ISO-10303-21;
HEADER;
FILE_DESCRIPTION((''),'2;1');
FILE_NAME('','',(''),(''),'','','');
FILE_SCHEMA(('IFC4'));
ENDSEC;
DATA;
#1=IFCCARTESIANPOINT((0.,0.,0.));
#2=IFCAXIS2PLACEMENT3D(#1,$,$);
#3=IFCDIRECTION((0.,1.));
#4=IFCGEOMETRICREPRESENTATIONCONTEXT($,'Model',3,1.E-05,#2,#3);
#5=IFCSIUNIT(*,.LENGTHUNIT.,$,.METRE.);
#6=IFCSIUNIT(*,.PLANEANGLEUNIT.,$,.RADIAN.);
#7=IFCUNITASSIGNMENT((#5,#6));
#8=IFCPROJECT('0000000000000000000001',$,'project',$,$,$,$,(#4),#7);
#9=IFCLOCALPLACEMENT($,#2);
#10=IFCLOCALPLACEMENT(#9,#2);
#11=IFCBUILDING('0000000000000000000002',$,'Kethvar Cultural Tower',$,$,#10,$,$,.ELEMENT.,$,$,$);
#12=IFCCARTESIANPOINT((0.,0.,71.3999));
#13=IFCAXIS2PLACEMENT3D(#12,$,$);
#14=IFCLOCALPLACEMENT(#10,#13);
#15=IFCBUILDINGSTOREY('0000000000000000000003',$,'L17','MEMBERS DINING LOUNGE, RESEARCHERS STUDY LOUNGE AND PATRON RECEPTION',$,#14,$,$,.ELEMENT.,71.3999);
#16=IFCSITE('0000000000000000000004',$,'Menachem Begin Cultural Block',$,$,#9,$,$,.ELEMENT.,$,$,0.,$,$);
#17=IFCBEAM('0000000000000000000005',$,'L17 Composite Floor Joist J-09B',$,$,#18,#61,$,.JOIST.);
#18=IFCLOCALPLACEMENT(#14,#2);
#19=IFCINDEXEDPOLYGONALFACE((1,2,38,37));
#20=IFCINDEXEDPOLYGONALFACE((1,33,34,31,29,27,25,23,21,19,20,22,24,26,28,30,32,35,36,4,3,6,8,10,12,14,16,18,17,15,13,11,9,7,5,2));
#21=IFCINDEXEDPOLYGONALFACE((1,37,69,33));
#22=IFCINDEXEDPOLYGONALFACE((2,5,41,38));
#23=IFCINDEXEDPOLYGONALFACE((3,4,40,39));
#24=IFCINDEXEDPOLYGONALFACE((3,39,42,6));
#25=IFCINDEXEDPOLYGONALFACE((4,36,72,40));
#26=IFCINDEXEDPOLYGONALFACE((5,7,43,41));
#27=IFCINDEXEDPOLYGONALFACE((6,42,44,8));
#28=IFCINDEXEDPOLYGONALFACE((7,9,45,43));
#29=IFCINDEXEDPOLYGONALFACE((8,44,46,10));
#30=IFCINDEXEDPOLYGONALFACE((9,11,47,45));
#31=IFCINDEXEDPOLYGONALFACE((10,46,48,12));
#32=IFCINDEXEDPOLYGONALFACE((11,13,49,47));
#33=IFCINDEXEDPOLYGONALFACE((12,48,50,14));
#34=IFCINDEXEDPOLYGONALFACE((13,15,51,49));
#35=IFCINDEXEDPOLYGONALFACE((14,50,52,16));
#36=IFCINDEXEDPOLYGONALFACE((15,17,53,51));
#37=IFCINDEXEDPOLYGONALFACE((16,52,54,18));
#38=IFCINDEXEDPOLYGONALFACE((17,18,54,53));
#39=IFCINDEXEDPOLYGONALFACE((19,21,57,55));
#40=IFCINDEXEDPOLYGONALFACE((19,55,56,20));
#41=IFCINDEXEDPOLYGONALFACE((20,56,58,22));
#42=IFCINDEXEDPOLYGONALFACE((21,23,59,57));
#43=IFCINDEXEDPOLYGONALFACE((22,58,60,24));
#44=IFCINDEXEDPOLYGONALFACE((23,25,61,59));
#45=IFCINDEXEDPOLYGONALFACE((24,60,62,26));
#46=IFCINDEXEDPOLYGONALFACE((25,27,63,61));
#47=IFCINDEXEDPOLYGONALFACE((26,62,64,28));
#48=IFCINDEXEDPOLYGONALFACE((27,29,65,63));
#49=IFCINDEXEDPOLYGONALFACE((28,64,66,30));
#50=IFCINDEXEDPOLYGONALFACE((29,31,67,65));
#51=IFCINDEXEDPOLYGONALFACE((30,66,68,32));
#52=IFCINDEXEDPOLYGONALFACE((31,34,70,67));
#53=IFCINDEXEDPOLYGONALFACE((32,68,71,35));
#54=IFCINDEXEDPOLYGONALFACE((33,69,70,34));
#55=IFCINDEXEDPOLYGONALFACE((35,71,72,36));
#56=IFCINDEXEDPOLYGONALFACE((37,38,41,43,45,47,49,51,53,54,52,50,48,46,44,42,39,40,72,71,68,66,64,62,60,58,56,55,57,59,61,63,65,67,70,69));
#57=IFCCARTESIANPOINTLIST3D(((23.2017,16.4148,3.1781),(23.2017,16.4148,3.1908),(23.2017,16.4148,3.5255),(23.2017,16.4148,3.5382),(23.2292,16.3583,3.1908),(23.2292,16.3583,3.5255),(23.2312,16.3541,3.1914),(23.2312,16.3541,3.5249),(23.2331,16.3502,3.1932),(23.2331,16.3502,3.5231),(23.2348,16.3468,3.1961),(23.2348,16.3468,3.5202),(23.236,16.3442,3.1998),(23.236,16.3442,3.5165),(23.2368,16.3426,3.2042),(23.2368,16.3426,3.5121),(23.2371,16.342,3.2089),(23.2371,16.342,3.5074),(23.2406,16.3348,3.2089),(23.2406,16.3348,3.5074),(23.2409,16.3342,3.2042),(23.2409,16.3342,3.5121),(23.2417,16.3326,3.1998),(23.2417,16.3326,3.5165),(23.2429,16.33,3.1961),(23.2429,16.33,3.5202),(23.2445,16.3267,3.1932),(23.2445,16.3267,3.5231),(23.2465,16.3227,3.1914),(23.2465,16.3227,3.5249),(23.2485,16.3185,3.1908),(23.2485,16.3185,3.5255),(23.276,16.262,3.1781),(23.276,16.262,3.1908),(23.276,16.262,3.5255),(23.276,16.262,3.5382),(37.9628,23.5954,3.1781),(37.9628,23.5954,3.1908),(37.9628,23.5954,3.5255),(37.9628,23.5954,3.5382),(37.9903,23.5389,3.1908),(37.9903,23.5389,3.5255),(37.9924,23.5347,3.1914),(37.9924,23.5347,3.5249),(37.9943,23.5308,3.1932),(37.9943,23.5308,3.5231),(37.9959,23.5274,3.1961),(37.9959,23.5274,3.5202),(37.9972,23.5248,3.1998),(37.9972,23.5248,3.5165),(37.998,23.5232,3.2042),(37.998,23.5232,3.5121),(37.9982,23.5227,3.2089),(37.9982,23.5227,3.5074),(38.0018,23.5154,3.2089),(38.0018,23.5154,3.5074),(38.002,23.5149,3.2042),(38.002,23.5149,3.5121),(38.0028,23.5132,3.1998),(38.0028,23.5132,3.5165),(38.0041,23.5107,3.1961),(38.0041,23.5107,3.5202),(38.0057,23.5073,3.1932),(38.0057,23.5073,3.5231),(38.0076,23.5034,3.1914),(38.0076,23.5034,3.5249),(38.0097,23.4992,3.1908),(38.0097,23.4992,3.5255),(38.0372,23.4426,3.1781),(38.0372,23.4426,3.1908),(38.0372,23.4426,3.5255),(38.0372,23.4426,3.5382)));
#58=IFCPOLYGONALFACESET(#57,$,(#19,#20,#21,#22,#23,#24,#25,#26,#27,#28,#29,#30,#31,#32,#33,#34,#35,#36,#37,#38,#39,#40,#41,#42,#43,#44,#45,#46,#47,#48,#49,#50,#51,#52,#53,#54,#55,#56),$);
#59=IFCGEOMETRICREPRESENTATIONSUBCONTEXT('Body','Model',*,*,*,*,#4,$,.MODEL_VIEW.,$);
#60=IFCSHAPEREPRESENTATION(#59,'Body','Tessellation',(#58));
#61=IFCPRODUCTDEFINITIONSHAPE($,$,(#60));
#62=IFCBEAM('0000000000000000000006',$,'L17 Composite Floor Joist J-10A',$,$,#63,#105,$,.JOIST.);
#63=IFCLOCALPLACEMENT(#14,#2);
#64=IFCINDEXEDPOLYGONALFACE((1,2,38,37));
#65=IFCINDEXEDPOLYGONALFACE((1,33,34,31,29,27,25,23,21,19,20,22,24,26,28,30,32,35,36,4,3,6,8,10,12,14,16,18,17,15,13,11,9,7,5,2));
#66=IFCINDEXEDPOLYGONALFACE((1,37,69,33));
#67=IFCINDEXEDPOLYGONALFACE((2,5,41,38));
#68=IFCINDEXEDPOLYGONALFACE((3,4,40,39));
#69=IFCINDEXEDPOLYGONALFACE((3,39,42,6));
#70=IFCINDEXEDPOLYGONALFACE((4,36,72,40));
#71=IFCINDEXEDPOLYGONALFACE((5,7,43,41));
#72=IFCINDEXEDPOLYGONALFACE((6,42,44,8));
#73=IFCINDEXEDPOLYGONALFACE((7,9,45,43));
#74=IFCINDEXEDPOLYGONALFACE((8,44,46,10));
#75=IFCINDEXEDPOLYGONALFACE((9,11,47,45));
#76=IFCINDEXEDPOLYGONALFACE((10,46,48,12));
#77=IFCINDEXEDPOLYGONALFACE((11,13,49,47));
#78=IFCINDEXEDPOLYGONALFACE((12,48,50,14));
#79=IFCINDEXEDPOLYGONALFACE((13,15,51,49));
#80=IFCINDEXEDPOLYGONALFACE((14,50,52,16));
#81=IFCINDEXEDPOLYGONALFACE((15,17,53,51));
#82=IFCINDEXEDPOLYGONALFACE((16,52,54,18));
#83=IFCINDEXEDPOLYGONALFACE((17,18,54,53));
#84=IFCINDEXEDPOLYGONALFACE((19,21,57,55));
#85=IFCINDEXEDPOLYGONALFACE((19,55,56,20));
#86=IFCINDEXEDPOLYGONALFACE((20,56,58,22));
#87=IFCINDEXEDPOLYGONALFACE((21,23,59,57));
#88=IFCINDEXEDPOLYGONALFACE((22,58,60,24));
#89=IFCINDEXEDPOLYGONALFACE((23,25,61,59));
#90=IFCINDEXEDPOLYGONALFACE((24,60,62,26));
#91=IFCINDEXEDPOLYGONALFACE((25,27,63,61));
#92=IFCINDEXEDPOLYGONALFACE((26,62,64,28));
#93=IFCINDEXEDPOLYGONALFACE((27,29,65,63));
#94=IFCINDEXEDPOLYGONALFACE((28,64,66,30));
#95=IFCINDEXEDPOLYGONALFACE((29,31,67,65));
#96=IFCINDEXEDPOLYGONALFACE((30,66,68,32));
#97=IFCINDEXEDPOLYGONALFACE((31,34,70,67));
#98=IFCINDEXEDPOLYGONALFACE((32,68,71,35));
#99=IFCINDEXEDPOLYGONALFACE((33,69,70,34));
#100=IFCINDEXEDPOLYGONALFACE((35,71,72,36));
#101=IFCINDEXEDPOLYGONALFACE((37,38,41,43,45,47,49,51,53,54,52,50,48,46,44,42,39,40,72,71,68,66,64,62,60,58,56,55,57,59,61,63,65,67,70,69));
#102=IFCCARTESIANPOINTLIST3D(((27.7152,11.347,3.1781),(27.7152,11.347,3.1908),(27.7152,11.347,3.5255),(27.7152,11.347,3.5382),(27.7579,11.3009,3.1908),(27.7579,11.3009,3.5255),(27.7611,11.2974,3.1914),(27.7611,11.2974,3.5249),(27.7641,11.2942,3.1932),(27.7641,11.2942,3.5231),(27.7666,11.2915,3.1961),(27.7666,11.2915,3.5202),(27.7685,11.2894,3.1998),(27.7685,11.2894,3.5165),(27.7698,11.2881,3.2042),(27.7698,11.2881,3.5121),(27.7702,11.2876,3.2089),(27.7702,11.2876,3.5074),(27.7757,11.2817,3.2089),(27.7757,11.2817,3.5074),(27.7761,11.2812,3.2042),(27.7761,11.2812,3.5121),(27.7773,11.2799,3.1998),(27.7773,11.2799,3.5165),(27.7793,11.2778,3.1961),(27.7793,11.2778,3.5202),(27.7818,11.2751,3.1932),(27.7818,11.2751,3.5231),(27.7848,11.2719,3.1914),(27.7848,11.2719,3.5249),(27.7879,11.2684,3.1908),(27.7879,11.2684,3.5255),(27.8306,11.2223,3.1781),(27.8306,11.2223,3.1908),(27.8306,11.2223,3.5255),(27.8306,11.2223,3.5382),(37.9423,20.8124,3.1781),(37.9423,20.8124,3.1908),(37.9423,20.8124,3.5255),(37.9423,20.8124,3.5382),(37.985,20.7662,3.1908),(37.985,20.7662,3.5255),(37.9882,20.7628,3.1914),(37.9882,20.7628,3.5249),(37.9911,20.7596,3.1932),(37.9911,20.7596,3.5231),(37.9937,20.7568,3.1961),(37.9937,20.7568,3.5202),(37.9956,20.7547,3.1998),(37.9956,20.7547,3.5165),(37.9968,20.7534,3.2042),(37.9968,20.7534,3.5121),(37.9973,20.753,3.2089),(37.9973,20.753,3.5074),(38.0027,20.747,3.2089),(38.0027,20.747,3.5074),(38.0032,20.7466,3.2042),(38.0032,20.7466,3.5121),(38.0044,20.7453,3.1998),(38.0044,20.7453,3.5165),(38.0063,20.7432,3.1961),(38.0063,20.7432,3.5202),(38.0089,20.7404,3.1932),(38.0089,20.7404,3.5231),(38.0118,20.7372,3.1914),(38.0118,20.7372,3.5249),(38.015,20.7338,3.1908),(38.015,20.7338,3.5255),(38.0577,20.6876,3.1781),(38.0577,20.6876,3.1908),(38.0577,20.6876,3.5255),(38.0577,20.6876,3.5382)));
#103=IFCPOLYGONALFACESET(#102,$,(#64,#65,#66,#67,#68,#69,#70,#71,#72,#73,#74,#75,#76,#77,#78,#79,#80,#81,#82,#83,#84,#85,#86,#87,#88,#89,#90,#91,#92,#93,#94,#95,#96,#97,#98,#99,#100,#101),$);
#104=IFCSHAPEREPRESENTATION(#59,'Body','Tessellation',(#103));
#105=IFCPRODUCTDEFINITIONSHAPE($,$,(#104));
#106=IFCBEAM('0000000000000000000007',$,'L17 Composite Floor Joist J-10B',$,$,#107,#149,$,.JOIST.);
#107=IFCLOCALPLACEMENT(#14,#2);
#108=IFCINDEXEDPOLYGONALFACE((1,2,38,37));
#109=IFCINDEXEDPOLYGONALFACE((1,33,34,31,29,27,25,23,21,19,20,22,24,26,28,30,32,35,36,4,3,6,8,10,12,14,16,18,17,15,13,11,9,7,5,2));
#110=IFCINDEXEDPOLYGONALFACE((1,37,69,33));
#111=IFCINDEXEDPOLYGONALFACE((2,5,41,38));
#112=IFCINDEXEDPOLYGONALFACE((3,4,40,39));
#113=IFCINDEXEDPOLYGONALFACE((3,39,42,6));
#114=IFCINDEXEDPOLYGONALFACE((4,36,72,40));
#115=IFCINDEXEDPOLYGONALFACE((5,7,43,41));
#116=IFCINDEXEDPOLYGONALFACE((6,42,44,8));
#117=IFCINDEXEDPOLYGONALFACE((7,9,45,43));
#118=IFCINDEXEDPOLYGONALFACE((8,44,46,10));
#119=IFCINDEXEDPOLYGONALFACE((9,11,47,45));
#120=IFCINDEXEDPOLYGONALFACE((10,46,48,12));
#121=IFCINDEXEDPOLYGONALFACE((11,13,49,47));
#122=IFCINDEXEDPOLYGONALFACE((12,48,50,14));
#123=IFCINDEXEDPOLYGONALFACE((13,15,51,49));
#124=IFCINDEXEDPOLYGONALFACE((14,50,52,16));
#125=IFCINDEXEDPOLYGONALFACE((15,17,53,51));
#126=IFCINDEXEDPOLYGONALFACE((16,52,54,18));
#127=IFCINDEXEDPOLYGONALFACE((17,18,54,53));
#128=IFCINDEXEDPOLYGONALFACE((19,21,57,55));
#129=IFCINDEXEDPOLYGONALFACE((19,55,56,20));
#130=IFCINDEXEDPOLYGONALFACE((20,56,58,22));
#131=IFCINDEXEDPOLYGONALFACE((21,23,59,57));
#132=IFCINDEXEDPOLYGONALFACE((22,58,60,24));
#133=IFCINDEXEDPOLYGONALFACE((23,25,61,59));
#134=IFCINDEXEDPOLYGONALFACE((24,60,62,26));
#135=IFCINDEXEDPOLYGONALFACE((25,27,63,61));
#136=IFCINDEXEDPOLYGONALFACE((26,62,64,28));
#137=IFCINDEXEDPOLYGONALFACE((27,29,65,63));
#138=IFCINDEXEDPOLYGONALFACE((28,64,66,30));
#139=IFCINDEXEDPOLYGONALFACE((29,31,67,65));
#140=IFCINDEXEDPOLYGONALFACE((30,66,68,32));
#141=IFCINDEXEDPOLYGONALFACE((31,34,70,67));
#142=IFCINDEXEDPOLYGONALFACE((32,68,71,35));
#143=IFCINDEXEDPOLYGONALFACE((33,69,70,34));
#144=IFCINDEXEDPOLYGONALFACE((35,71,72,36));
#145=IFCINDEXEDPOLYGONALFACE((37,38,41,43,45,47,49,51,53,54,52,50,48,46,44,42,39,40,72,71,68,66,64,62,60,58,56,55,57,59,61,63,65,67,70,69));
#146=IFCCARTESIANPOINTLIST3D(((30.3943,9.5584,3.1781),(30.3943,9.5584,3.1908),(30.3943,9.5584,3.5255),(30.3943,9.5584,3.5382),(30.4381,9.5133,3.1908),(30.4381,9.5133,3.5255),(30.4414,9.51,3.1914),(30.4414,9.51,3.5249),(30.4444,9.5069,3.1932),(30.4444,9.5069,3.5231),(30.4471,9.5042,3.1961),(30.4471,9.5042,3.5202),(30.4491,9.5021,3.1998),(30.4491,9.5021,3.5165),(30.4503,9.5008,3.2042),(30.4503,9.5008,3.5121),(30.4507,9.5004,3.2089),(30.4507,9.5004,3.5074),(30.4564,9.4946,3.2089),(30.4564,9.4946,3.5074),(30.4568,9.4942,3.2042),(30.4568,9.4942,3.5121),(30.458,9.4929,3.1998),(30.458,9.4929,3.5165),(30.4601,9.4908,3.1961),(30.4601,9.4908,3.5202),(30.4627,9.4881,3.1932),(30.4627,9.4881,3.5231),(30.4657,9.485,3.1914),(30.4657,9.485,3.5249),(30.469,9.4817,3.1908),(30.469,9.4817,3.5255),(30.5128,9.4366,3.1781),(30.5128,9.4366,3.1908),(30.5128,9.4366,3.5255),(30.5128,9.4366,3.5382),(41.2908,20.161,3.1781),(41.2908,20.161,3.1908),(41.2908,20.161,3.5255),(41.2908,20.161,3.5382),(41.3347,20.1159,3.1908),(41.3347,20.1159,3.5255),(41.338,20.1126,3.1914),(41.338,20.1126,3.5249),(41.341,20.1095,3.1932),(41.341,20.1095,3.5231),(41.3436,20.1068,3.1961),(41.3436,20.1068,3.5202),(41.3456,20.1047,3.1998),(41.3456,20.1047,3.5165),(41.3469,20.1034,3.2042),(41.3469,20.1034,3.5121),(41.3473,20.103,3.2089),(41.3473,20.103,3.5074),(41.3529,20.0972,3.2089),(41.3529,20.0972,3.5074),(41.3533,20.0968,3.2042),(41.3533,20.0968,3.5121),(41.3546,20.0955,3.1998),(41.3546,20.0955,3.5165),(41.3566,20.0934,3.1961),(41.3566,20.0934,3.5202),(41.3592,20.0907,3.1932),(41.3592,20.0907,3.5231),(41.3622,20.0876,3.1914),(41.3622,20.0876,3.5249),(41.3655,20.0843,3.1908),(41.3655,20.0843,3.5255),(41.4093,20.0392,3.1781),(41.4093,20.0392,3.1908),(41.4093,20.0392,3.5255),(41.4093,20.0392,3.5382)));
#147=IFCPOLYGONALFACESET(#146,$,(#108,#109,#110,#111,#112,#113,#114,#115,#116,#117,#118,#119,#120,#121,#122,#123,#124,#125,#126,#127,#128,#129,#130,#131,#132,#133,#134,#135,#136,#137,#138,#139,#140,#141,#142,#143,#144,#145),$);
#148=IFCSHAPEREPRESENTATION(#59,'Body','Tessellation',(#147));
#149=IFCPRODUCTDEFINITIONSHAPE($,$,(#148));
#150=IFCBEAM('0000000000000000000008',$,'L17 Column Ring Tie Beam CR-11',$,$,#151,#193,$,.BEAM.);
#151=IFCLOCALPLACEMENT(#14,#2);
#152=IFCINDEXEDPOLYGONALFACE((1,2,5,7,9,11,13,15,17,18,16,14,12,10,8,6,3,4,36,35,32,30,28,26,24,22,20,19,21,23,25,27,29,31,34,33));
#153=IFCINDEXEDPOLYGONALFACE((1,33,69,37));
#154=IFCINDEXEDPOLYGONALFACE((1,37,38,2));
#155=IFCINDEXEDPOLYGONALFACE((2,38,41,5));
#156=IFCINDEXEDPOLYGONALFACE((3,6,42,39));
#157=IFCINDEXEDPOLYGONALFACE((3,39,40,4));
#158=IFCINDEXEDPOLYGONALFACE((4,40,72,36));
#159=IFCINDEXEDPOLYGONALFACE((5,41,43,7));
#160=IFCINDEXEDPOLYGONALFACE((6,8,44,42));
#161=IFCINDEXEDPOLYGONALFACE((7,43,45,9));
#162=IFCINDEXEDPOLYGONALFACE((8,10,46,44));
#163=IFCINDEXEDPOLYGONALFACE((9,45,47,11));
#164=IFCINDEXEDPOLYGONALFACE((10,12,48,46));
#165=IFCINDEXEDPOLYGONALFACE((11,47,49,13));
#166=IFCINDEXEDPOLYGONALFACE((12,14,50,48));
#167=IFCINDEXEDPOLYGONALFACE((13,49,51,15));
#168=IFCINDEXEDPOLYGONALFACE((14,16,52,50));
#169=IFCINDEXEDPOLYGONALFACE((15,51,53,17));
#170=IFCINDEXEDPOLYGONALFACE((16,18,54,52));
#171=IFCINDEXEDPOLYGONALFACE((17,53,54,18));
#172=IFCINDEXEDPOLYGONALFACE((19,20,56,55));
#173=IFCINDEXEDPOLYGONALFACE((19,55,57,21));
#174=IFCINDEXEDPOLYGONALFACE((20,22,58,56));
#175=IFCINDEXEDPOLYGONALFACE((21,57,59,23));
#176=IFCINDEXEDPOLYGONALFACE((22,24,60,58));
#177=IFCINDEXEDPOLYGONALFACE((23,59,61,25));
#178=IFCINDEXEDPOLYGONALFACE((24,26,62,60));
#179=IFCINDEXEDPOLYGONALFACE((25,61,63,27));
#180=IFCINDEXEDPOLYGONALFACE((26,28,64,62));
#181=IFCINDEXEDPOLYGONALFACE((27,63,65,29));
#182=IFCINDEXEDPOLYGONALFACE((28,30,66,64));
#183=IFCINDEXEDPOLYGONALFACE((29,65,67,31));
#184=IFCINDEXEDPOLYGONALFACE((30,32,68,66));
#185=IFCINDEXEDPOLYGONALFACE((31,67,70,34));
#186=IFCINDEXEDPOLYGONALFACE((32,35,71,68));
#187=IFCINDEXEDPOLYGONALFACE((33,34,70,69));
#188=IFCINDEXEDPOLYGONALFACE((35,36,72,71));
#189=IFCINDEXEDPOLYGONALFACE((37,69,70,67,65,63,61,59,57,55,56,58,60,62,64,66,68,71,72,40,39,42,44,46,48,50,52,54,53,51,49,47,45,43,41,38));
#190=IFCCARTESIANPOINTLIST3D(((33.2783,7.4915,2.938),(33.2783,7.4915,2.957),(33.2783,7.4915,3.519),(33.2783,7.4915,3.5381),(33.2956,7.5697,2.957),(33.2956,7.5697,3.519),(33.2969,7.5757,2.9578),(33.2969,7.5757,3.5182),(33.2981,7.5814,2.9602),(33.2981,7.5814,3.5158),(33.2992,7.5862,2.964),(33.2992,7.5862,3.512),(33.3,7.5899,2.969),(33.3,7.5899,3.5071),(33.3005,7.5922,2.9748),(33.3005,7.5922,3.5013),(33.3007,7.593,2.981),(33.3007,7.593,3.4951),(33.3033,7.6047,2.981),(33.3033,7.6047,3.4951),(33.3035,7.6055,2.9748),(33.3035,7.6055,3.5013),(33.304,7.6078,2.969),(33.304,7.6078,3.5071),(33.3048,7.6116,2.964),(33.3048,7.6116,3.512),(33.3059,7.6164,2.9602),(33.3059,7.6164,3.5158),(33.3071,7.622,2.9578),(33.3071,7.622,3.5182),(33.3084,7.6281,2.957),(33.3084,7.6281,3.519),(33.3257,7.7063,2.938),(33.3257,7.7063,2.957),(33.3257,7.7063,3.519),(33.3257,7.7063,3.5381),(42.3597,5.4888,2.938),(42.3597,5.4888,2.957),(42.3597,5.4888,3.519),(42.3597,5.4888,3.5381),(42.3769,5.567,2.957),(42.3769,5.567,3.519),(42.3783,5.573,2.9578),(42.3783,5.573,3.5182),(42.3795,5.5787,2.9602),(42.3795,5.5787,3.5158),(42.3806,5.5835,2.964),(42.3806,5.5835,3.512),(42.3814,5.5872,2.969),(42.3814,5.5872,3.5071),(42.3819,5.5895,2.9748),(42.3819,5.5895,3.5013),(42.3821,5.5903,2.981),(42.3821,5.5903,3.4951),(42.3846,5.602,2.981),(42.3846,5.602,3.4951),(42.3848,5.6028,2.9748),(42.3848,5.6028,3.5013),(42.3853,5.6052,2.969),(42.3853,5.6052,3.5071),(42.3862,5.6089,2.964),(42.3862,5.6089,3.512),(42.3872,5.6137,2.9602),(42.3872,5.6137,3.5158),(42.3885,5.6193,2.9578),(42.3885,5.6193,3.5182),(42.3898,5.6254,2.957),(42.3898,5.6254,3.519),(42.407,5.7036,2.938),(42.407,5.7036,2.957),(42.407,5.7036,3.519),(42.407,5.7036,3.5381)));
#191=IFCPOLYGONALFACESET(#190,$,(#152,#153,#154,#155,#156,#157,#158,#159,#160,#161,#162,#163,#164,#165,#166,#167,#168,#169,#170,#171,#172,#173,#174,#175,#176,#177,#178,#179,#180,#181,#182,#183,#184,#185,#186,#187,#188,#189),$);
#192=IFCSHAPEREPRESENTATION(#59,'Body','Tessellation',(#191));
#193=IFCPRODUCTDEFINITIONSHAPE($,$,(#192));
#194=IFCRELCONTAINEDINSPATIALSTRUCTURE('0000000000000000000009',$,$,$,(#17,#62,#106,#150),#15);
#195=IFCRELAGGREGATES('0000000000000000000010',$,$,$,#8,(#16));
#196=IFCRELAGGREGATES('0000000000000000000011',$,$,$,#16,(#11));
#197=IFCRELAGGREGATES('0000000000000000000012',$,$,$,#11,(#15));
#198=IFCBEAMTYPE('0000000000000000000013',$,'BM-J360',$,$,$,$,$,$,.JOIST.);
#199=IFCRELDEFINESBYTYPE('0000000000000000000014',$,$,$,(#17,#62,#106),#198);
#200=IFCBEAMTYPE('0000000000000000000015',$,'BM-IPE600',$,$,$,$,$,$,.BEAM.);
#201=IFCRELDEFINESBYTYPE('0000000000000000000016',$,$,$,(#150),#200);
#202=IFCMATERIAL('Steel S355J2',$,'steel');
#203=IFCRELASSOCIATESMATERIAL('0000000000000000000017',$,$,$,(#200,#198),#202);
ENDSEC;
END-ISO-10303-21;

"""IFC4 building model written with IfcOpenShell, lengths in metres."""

from ifc_helpers import new_model, si_unit, direction, frame, origin, origin_2d, place, context, subcontext, project, spatial, i_section, extrude, source, transform, mapped, material, material_profile, profile_set, type_object, element, save


model = new_model("IFC4")

# Units and contexts
model_context = context("Model", 3, precision=1e-05, world=origin(), true_north=direction((0.0, 1.0)))
body_context = subcontext(model_context, "Body", "Model", "MODEL_VIEW")
ifc_project = project(units=[si_unit("LENGTHUNIT", "METRE"), si_unit("PLANEANGLEUNIT", "RADIAN")], contexts=[model_context])

# Site, building, storey
site_placement = place(None, origin())
site = spatial("IfcSite", under=ifc_project, at=site_placement, Name="Menachem Begin Cultural Block", CompositionType="ELEMENT", RefElevation=0.0)
building_placement = place(site_placement, origin())
building = spatial("IfcBuilding", under=site, at=building_placement, Name="Kethvar Cultural Tower", CompositionType="ELEMENT")
storey_placement = place(building_placement, frame((0.0, 0.0, 71.3999)))
storey = spatial("IfcBuildingStorey", under=building, at=storey_placement, Name="L17", Description="MEMBERS DINING LOUNGE, RESEARCHERS STUDY LOUNGE AND PATRON RECEPTION", CompositionType="ELEMENT", Elevation=71.3999)

# Beams
ifc_material_1 = material(Name="Steel S355J2", Category="steel")
ifc_material_profile_1 = material_profile(ifc_material_1, i_section(OverallWidth=0.22, OverallDepth=0.6001, WebThickness=0.012, FlangeThickness=0.019, FilletRadius=0.0239, at=origin_2d()), Name="Steel S355J2 — IPE600")
ifc_profile_set_1 = profile_set([ifc_material_profile_1], Name="Steel S355J2 — IPE600")
beam_type_1 = type_object("IfcBeamType", Name="BM-IPE600", PredefinedType="BEAM", material=ifc_profile_set_1)
ifc_material_profile_2 = material_profile(ifc_material_1, i_section(OverallWidth=0.1699, OverallDepth=0.3601, WebThickness=0.0081, FlangeThickness=0.0127, FilletRadius=0.0181, at=origin_2d()), Name="Steel S355J2 — IPE360")
ifc_profile_set_2 = profile_set([ifc_material_profile_2], Name="Steel S355J2 — IPE360")
beam_type_2 = type_object("IfcBeamType", Name="BM-J360", PredefinedType="JOIST", material=ifc_profile_set_2)
shared_shape_1 = source(origin(), body_context, "Body", "SweptSolid", [
    extrude(i_section(OverallWidth=0.1699, OverallDepth=0.3601, WebThickness=0.0081, FlangeThickness=0.0127, FilletRadius=0.0181, at=origin_2d()), origin(), (0.0, 0.0, 1.0), 16.415),
])
beam_1_placement = place(storey_placement, frame((38.0, 23.519, 3.3582), z_axis=(-0.899246, -0.437442, 0.0), x_axis=(0.437442, -0.899246, 0.0)))
element("IfcBeam", 1, at=beam_1_placement, inside=storey, type_object=beam_type_2, Name="L17 Composite Floor Joist J-09B", PredefinedType="JOIST", context=body_context, shape_type="MappedRepresentation", body=[
    mapped(shared_shape_1, transform((0.0, 0.0, 0.0), scale=1.0)),
])
shared_shape_2 = source(origin(), body_context, "Body", "SweptSolid", [
    extrude(i_section(OverallWidth=0.1699, OverallDepth=0.3601, WebThickness=0.0081, FlangeThickness=0.0127, FilletRadius=0.0181, at=origin_2d()), origin(), (0.0, 0.0, 1.0), 13.9351),
])
beam_2_placement = place(storey_placement, frame((38.0, 20.75, 3.3582), z_axis=(-0.733909, -0.679247, 0.0), x_axis=(0.679247, -0.733909, 0.0)))
element("IfcBeam", 2, at=beam_2_placement, inside=storey, type_object=beam_type_2, Name="L17 Composite Floor Joist J-10A", PredefinedType="JOIST", context=body_context, shape_type="MappedRepresentation", body=[
    mapped(shared_shape_2, transform((0.0, 0.0, 0.0), scale=1.0)),
])
shared_shape_3 = source(origin(), body_context, "Body", "SweptSolid", [
    extrude(i_section(OverallWidth=0.1699, OverallDepth=0.3601, WebThickness=0.0081, FlangeThickness=0.0127, FilletRadius=0.0181, at=origin_2d()), origin(), (0.0, 0.0, 1.0), 15.2036),
])
beam_3_placement = place(storey_placement, frame((41.3501, 20.1001, 3.3582), z_axis=(-0.716708, -0.697374, 0.0), x_axis=(0.697374, -0.716708, 0.0)))
element("IfcBeam", 3, at=beam_3_placement, inside=storey, type_object=beam_type_2, Name="L17 Composite Floor Joist J-10B", PredefinedType="JOIST", context=body_context, shape_type="MappedRepresentation", body=[
    mapped(shared_shape_3, transform((0.0, 0.0, 0.0), scale=1.0)),
])
shared_shape_4 = source(origin(), body_context, "Body", "SweptSolid", [
    extrude(i_section(OverallWidth=0.22, OverallDepth=0.6001, WebThickness=0.012, FlangeThickness=0.019, FilletRadius=0.0239, at=origin_2d()), origin(), (0.0, 0.0, 1.0), 9.2996),
])
beam_4_placement = place(storey_placement, frame((33.302, 7.5989, 3.238), z_axis=(0.976536, -0.215354, 0.0), x_axis=(0.215354, 0.976536, 0.0)))
element("IfcBeam", 4, at=beam_4_placement, inside=storey, type_object=beam_type_1, Name="L17 Column Ring Tie Beam CR-11", PredefinedType="BEAM", context=body_context, shape_type="MappedRepresentation", body=[
    mapped(shared_shape_4, transform((0.0, 0.0, 0.0), scale=1.0)),
])

save(model, "model.ifc")
